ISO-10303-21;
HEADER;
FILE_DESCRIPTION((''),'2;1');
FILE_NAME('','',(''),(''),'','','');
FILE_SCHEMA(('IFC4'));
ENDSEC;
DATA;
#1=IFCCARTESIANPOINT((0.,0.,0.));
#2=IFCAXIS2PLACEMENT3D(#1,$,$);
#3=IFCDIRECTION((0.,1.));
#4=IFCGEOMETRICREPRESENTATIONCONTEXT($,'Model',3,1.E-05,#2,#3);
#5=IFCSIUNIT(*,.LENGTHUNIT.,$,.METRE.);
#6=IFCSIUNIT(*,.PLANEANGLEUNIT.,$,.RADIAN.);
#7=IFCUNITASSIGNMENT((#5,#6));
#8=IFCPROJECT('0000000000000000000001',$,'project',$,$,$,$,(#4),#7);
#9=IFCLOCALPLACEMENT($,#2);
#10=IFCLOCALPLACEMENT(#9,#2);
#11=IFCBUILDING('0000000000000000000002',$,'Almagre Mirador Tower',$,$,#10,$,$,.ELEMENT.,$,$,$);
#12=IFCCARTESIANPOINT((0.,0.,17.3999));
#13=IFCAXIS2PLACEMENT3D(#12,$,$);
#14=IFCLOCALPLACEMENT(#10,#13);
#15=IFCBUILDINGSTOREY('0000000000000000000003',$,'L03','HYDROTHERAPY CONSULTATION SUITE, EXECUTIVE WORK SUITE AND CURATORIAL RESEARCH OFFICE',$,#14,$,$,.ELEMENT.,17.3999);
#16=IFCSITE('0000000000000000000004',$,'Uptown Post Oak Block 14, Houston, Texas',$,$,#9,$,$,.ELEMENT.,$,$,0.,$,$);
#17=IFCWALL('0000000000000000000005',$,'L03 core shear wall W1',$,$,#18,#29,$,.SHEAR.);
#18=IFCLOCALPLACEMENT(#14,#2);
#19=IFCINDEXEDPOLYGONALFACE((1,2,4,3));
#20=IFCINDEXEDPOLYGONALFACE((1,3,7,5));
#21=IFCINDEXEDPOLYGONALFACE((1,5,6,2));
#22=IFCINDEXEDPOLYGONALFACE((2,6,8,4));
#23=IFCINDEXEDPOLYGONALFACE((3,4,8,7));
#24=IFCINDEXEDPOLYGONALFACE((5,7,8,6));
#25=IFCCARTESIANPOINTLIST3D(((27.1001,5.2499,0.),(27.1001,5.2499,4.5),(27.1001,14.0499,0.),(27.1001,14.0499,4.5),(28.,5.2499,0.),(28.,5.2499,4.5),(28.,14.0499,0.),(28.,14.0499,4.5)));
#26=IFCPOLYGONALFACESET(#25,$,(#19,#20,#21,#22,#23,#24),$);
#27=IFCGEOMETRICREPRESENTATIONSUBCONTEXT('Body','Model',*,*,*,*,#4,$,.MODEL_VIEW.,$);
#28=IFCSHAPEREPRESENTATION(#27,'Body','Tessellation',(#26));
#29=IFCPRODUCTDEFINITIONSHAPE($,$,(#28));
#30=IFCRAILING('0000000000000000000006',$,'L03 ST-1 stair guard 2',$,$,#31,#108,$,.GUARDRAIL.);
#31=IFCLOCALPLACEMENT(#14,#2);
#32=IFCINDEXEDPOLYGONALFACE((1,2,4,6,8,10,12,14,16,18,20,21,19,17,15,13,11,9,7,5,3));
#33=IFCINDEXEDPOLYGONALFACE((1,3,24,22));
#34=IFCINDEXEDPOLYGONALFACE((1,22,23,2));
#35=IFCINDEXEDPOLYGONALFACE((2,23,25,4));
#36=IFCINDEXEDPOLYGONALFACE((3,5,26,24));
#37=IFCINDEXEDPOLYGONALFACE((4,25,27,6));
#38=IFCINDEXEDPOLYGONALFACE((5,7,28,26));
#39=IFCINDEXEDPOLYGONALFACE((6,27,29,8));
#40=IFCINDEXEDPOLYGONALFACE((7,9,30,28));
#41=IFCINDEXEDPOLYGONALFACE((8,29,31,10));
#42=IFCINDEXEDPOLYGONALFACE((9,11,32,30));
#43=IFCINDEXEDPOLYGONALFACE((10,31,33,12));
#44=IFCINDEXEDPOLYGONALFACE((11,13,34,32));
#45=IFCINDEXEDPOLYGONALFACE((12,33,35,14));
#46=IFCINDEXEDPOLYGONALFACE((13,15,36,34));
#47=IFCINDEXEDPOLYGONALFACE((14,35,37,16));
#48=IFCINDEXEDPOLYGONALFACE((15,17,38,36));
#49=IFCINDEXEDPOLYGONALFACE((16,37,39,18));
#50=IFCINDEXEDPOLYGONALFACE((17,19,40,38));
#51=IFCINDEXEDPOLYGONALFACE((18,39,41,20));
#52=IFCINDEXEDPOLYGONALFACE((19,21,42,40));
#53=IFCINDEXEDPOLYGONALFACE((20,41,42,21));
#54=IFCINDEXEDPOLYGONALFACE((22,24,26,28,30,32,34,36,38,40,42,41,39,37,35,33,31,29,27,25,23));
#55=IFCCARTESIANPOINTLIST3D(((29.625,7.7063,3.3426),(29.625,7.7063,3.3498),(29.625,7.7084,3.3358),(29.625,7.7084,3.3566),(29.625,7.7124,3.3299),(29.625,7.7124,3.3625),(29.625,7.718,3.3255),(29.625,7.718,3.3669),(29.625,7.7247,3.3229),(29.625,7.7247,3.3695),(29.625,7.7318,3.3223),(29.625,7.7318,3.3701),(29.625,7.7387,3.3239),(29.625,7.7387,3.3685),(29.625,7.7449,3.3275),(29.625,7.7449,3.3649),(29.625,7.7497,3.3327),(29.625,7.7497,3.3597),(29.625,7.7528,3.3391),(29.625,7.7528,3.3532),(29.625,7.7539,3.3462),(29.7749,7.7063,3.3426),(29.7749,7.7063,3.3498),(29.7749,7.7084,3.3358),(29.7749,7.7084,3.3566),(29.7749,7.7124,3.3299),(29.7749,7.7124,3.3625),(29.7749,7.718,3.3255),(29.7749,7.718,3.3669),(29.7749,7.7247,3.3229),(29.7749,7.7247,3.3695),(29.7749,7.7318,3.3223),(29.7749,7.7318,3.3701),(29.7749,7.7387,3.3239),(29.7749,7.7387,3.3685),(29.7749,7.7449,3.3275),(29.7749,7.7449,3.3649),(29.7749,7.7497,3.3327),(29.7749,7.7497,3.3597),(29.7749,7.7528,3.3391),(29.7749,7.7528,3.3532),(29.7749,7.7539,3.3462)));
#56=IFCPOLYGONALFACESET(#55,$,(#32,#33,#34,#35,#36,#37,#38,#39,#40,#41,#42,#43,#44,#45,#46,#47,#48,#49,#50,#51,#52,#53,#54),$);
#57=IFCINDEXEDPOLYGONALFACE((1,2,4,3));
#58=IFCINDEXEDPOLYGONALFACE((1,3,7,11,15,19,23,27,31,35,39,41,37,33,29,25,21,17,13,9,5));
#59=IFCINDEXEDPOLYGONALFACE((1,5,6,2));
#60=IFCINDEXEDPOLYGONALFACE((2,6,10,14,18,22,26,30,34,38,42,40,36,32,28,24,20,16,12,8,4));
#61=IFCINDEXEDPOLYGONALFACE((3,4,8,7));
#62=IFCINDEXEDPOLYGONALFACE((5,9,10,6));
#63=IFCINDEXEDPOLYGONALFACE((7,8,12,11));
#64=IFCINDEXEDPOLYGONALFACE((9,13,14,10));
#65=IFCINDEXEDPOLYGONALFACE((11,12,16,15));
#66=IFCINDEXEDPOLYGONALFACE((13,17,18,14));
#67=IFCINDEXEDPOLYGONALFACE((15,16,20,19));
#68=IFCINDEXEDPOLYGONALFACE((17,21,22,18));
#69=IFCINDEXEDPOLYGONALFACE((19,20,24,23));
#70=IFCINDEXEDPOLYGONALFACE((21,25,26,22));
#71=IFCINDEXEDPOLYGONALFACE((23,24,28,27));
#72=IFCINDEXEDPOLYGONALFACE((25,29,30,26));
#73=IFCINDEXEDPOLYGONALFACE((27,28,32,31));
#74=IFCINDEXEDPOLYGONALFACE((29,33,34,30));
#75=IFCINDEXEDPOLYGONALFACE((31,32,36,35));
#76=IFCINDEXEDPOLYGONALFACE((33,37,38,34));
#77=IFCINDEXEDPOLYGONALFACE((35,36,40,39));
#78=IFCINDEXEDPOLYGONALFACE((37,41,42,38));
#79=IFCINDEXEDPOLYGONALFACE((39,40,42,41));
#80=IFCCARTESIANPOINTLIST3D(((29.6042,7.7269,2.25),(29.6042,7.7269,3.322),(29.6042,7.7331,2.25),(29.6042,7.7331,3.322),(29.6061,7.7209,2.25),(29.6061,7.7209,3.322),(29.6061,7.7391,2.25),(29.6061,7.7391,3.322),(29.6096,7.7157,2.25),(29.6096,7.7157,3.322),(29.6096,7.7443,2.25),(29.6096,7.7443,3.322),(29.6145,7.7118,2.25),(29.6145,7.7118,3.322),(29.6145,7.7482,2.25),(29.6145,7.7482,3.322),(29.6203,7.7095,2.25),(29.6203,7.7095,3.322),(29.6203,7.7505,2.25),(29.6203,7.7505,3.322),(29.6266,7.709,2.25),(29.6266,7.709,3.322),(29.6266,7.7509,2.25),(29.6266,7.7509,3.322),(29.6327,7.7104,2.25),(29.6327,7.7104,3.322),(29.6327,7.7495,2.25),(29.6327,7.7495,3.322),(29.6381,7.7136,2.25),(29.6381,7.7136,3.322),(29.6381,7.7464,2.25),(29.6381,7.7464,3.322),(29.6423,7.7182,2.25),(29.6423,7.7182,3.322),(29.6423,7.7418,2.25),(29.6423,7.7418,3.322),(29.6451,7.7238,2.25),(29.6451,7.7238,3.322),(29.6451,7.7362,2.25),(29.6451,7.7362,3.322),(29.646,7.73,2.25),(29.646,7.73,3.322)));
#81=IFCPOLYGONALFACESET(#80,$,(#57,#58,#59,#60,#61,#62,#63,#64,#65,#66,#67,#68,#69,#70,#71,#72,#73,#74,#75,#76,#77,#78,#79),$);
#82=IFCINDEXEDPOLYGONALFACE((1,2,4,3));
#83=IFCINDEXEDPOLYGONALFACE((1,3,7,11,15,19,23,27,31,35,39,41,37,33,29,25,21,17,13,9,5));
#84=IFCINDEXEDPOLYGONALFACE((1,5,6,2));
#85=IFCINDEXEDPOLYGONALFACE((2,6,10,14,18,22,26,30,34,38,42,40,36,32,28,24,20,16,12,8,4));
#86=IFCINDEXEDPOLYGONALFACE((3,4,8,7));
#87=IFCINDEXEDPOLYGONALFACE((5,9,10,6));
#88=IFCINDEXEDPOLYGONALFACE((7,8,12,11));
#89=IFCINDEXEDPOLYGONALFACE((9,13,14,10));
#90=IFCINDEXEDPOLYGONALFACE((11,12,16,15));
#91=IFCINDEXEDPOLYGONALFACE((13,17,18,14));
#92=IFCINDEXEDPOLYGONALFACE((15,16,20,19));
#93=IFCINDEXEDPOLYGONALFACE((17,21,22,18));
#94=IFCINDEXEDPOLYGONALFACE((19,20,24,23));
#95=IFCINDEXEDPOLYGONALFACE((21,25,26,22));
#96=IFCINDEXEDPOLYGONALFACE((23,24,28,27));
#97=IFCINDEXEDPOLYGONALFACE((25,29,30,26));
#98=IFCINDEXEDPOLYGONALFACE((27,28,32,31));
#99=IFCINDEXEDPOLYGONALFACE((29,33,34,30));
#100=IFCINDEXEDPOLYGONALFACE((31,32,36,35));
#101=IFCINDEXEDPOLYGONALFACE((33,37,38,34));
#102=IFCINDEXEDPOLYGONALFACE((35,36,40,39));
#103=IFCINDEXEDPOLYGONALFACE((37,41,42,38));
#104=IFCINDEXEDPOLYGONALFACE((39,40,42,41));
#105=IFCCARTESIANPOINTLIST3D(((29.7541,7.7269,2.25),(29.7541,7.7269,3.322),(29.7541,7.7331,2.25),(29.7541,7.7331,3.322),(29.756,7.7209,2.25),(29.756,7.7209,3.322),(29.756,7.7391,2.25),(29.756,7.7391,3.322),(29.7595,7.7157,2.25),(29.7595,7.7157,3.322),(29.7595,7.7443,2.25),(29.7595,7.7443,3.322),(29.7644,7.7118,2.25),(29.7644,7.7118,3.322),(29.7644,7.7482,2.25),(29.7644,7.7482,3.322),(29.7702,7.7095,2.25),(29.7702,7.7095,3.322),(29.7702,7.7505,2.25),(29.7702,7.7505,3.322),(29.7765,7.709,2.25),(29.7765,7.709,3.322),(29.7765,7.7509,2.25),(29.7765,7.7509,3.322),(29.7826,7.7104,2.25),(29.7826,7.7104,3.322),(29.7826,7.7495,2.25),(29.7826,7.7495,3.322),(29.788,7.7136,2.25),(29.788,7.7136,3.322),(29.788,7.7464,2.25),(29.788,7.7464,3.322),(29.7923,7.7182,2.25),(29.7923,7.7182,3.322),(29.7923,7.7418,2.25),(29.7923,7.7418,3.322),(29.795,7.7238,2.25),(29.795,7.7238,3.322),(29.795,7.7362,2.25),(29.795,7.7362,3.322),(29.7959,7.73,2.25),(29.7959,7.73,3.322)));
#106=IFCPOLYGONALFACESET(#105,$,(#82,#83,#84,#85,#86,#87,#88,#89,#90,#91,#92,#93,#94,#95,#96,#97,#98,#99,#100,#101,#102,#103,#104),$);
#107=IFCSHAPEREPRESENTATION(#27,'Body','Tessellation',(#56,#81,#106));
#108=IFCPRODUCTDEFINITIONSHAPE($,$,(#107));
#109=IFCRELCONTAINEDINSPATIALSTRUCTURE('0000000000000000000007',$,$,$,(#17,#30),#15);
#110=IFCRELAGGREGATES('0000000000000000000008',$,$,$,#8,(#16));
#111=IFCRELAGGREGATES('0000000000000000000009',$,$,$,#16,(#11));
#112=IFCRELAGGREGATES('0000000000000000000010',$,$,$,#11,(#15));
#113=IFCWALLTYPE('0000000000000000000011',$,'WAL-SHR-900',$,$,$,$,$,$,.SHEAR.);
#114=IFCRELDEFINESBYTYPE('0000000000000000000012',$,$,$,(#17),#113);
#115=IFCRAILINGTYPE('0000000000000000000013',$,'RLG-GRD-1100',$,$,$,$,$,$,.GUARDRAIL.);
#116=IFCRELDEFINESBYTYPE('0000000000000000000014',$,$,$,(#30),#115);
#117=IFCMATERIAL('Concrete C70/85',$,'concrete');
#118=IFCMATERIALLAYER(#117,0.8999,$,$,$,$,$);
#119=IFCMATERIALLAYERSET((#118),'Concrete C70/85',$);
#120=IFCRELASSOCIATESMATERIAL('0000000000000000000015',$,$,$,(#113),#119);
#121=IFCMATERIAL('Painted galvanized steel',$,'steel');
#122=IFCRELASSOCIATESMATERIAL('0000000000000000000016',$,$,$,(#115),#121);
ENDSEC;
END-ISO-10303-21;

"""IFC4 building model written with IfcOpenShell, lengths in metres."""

from ifc_helpers import new_model, si_unit, direction, frame, frame_2d, origin, origin_2d, place, context, subcontext, project, spatial, rectangle, circle, extrude, material, layer, layer_set, type_object, element, save


model = new_model("IFC4")

# Units and contexts
model_context = context("Model", 3, precision=1e-05, world=origin(), true_north=direction((0.0, 1.0)))
body_context = subcontext(model_context, "Body", "Model", "MODEL_VIEW")
ifc_project = project(units=[si_unit("LENGTHUNIT", "METRE"), si_unit("PLANEANGLEUNIT", "RADIAN")], contexts=[model_context])

# Site, building, storey
site_placement = place(None, origin())
site = spatial("IfcSite", under=ifc_project, at=site_placement, Name="Uptown Post Oak Block 14, Houston, Texas", CompositionType="ELEMENT", RefElevation=0.0)
building_placement = place(site_placement, origin())
building = spatial("IfcBuilding", under=site, at=building_placement, Name="Almagre Mirador Tower", CompositionType="ELEMENT")
storey_placement = place(building_placement, frame((0.0, 0.0, 17.3999)))
storey = spatial("IfcBuildingStorey", under=building, at=storey_placement, Name="L03", Description="HYDROTHERAPY CONSULTATION SUITE, EXECUTIVE WORK SUITE AND CURATORIAL RESEARCH OFFICE", CompositionType="ELEMENT", Elevation=17.3999)

# Wall
ifc_material_1 = material(Name="Concrete C70/85", Category="concrete")
ifc_layer_1 = layer(ifc_material_1, 0.8999)
ifc_layer_set_1 = layer_set([ifc_layer_1], Name="Concrete C70/85")
wall_type_1 = type_object("IfcWallType", Name="WAL-SHR-900", PredefinedType="SHEAR", material=ifc_layer_set_1)
wall_1_placement = place(storey_placement, frame((27.55, 5.25, 0.0), z_axis=(0.0, 0.0, 1.0), x_axis=(0.0, 1.0, 0.0)))
element("IfcWall", 1, at=wall_1_placement, inside=storey, type_object=wall_type_1, Name="L03 core shear wall W1", PredefinedType="SHEAR", context=body_context, shape_type="SweptSolid", body=[
    extrude(rectangle(XDim=8.8, YDim=0.8999, at=frame_2d((4.3999, 0.0))), origin(), (0.0, 0.0, 1.0), 4.5),
])

# Railing
ifc_material_2 = material(Name="Painted galvanized steel", Category="steel")
railing_type = type_object("IfcRailingType", Name="RLG-GRD-1100", PredefinedType="GUARDRAIL", material=ifc_material_2)
railing_1_placement = place(storey_placement, frame((29.625, 7.73, 2.25)))
element("IfcRailing", 2, at=railing_1_placement, inside=storey, type_object=railing_type, Name="L03 ST-1 stair guard 2", PredefinedType="GUARDRAIL", context=body_context, shape_type="SweptSolid", body=[
    extrude(circle(Radius=0.0239, at=origin_2d()), frame((0.0, 0.0, 1.0962), z_axis=(1.0, 0.0, 0.0), x_axis=(0.0, 1.0, 0.0)), (0.0, 0.0, 1.0), 0.1499),
    extrude(circle(Radius=0.021, at=origin_2d()), origin(), (0.0, 0.0, 1.0), 1.072),
    extrude(circle(Radius=0.021, at=origin_2d()), frame((0.1499, 0.0, 0.0)), (0.0, 0.0, 1.0), 1.072),
])

save(model, "model.ifc")
